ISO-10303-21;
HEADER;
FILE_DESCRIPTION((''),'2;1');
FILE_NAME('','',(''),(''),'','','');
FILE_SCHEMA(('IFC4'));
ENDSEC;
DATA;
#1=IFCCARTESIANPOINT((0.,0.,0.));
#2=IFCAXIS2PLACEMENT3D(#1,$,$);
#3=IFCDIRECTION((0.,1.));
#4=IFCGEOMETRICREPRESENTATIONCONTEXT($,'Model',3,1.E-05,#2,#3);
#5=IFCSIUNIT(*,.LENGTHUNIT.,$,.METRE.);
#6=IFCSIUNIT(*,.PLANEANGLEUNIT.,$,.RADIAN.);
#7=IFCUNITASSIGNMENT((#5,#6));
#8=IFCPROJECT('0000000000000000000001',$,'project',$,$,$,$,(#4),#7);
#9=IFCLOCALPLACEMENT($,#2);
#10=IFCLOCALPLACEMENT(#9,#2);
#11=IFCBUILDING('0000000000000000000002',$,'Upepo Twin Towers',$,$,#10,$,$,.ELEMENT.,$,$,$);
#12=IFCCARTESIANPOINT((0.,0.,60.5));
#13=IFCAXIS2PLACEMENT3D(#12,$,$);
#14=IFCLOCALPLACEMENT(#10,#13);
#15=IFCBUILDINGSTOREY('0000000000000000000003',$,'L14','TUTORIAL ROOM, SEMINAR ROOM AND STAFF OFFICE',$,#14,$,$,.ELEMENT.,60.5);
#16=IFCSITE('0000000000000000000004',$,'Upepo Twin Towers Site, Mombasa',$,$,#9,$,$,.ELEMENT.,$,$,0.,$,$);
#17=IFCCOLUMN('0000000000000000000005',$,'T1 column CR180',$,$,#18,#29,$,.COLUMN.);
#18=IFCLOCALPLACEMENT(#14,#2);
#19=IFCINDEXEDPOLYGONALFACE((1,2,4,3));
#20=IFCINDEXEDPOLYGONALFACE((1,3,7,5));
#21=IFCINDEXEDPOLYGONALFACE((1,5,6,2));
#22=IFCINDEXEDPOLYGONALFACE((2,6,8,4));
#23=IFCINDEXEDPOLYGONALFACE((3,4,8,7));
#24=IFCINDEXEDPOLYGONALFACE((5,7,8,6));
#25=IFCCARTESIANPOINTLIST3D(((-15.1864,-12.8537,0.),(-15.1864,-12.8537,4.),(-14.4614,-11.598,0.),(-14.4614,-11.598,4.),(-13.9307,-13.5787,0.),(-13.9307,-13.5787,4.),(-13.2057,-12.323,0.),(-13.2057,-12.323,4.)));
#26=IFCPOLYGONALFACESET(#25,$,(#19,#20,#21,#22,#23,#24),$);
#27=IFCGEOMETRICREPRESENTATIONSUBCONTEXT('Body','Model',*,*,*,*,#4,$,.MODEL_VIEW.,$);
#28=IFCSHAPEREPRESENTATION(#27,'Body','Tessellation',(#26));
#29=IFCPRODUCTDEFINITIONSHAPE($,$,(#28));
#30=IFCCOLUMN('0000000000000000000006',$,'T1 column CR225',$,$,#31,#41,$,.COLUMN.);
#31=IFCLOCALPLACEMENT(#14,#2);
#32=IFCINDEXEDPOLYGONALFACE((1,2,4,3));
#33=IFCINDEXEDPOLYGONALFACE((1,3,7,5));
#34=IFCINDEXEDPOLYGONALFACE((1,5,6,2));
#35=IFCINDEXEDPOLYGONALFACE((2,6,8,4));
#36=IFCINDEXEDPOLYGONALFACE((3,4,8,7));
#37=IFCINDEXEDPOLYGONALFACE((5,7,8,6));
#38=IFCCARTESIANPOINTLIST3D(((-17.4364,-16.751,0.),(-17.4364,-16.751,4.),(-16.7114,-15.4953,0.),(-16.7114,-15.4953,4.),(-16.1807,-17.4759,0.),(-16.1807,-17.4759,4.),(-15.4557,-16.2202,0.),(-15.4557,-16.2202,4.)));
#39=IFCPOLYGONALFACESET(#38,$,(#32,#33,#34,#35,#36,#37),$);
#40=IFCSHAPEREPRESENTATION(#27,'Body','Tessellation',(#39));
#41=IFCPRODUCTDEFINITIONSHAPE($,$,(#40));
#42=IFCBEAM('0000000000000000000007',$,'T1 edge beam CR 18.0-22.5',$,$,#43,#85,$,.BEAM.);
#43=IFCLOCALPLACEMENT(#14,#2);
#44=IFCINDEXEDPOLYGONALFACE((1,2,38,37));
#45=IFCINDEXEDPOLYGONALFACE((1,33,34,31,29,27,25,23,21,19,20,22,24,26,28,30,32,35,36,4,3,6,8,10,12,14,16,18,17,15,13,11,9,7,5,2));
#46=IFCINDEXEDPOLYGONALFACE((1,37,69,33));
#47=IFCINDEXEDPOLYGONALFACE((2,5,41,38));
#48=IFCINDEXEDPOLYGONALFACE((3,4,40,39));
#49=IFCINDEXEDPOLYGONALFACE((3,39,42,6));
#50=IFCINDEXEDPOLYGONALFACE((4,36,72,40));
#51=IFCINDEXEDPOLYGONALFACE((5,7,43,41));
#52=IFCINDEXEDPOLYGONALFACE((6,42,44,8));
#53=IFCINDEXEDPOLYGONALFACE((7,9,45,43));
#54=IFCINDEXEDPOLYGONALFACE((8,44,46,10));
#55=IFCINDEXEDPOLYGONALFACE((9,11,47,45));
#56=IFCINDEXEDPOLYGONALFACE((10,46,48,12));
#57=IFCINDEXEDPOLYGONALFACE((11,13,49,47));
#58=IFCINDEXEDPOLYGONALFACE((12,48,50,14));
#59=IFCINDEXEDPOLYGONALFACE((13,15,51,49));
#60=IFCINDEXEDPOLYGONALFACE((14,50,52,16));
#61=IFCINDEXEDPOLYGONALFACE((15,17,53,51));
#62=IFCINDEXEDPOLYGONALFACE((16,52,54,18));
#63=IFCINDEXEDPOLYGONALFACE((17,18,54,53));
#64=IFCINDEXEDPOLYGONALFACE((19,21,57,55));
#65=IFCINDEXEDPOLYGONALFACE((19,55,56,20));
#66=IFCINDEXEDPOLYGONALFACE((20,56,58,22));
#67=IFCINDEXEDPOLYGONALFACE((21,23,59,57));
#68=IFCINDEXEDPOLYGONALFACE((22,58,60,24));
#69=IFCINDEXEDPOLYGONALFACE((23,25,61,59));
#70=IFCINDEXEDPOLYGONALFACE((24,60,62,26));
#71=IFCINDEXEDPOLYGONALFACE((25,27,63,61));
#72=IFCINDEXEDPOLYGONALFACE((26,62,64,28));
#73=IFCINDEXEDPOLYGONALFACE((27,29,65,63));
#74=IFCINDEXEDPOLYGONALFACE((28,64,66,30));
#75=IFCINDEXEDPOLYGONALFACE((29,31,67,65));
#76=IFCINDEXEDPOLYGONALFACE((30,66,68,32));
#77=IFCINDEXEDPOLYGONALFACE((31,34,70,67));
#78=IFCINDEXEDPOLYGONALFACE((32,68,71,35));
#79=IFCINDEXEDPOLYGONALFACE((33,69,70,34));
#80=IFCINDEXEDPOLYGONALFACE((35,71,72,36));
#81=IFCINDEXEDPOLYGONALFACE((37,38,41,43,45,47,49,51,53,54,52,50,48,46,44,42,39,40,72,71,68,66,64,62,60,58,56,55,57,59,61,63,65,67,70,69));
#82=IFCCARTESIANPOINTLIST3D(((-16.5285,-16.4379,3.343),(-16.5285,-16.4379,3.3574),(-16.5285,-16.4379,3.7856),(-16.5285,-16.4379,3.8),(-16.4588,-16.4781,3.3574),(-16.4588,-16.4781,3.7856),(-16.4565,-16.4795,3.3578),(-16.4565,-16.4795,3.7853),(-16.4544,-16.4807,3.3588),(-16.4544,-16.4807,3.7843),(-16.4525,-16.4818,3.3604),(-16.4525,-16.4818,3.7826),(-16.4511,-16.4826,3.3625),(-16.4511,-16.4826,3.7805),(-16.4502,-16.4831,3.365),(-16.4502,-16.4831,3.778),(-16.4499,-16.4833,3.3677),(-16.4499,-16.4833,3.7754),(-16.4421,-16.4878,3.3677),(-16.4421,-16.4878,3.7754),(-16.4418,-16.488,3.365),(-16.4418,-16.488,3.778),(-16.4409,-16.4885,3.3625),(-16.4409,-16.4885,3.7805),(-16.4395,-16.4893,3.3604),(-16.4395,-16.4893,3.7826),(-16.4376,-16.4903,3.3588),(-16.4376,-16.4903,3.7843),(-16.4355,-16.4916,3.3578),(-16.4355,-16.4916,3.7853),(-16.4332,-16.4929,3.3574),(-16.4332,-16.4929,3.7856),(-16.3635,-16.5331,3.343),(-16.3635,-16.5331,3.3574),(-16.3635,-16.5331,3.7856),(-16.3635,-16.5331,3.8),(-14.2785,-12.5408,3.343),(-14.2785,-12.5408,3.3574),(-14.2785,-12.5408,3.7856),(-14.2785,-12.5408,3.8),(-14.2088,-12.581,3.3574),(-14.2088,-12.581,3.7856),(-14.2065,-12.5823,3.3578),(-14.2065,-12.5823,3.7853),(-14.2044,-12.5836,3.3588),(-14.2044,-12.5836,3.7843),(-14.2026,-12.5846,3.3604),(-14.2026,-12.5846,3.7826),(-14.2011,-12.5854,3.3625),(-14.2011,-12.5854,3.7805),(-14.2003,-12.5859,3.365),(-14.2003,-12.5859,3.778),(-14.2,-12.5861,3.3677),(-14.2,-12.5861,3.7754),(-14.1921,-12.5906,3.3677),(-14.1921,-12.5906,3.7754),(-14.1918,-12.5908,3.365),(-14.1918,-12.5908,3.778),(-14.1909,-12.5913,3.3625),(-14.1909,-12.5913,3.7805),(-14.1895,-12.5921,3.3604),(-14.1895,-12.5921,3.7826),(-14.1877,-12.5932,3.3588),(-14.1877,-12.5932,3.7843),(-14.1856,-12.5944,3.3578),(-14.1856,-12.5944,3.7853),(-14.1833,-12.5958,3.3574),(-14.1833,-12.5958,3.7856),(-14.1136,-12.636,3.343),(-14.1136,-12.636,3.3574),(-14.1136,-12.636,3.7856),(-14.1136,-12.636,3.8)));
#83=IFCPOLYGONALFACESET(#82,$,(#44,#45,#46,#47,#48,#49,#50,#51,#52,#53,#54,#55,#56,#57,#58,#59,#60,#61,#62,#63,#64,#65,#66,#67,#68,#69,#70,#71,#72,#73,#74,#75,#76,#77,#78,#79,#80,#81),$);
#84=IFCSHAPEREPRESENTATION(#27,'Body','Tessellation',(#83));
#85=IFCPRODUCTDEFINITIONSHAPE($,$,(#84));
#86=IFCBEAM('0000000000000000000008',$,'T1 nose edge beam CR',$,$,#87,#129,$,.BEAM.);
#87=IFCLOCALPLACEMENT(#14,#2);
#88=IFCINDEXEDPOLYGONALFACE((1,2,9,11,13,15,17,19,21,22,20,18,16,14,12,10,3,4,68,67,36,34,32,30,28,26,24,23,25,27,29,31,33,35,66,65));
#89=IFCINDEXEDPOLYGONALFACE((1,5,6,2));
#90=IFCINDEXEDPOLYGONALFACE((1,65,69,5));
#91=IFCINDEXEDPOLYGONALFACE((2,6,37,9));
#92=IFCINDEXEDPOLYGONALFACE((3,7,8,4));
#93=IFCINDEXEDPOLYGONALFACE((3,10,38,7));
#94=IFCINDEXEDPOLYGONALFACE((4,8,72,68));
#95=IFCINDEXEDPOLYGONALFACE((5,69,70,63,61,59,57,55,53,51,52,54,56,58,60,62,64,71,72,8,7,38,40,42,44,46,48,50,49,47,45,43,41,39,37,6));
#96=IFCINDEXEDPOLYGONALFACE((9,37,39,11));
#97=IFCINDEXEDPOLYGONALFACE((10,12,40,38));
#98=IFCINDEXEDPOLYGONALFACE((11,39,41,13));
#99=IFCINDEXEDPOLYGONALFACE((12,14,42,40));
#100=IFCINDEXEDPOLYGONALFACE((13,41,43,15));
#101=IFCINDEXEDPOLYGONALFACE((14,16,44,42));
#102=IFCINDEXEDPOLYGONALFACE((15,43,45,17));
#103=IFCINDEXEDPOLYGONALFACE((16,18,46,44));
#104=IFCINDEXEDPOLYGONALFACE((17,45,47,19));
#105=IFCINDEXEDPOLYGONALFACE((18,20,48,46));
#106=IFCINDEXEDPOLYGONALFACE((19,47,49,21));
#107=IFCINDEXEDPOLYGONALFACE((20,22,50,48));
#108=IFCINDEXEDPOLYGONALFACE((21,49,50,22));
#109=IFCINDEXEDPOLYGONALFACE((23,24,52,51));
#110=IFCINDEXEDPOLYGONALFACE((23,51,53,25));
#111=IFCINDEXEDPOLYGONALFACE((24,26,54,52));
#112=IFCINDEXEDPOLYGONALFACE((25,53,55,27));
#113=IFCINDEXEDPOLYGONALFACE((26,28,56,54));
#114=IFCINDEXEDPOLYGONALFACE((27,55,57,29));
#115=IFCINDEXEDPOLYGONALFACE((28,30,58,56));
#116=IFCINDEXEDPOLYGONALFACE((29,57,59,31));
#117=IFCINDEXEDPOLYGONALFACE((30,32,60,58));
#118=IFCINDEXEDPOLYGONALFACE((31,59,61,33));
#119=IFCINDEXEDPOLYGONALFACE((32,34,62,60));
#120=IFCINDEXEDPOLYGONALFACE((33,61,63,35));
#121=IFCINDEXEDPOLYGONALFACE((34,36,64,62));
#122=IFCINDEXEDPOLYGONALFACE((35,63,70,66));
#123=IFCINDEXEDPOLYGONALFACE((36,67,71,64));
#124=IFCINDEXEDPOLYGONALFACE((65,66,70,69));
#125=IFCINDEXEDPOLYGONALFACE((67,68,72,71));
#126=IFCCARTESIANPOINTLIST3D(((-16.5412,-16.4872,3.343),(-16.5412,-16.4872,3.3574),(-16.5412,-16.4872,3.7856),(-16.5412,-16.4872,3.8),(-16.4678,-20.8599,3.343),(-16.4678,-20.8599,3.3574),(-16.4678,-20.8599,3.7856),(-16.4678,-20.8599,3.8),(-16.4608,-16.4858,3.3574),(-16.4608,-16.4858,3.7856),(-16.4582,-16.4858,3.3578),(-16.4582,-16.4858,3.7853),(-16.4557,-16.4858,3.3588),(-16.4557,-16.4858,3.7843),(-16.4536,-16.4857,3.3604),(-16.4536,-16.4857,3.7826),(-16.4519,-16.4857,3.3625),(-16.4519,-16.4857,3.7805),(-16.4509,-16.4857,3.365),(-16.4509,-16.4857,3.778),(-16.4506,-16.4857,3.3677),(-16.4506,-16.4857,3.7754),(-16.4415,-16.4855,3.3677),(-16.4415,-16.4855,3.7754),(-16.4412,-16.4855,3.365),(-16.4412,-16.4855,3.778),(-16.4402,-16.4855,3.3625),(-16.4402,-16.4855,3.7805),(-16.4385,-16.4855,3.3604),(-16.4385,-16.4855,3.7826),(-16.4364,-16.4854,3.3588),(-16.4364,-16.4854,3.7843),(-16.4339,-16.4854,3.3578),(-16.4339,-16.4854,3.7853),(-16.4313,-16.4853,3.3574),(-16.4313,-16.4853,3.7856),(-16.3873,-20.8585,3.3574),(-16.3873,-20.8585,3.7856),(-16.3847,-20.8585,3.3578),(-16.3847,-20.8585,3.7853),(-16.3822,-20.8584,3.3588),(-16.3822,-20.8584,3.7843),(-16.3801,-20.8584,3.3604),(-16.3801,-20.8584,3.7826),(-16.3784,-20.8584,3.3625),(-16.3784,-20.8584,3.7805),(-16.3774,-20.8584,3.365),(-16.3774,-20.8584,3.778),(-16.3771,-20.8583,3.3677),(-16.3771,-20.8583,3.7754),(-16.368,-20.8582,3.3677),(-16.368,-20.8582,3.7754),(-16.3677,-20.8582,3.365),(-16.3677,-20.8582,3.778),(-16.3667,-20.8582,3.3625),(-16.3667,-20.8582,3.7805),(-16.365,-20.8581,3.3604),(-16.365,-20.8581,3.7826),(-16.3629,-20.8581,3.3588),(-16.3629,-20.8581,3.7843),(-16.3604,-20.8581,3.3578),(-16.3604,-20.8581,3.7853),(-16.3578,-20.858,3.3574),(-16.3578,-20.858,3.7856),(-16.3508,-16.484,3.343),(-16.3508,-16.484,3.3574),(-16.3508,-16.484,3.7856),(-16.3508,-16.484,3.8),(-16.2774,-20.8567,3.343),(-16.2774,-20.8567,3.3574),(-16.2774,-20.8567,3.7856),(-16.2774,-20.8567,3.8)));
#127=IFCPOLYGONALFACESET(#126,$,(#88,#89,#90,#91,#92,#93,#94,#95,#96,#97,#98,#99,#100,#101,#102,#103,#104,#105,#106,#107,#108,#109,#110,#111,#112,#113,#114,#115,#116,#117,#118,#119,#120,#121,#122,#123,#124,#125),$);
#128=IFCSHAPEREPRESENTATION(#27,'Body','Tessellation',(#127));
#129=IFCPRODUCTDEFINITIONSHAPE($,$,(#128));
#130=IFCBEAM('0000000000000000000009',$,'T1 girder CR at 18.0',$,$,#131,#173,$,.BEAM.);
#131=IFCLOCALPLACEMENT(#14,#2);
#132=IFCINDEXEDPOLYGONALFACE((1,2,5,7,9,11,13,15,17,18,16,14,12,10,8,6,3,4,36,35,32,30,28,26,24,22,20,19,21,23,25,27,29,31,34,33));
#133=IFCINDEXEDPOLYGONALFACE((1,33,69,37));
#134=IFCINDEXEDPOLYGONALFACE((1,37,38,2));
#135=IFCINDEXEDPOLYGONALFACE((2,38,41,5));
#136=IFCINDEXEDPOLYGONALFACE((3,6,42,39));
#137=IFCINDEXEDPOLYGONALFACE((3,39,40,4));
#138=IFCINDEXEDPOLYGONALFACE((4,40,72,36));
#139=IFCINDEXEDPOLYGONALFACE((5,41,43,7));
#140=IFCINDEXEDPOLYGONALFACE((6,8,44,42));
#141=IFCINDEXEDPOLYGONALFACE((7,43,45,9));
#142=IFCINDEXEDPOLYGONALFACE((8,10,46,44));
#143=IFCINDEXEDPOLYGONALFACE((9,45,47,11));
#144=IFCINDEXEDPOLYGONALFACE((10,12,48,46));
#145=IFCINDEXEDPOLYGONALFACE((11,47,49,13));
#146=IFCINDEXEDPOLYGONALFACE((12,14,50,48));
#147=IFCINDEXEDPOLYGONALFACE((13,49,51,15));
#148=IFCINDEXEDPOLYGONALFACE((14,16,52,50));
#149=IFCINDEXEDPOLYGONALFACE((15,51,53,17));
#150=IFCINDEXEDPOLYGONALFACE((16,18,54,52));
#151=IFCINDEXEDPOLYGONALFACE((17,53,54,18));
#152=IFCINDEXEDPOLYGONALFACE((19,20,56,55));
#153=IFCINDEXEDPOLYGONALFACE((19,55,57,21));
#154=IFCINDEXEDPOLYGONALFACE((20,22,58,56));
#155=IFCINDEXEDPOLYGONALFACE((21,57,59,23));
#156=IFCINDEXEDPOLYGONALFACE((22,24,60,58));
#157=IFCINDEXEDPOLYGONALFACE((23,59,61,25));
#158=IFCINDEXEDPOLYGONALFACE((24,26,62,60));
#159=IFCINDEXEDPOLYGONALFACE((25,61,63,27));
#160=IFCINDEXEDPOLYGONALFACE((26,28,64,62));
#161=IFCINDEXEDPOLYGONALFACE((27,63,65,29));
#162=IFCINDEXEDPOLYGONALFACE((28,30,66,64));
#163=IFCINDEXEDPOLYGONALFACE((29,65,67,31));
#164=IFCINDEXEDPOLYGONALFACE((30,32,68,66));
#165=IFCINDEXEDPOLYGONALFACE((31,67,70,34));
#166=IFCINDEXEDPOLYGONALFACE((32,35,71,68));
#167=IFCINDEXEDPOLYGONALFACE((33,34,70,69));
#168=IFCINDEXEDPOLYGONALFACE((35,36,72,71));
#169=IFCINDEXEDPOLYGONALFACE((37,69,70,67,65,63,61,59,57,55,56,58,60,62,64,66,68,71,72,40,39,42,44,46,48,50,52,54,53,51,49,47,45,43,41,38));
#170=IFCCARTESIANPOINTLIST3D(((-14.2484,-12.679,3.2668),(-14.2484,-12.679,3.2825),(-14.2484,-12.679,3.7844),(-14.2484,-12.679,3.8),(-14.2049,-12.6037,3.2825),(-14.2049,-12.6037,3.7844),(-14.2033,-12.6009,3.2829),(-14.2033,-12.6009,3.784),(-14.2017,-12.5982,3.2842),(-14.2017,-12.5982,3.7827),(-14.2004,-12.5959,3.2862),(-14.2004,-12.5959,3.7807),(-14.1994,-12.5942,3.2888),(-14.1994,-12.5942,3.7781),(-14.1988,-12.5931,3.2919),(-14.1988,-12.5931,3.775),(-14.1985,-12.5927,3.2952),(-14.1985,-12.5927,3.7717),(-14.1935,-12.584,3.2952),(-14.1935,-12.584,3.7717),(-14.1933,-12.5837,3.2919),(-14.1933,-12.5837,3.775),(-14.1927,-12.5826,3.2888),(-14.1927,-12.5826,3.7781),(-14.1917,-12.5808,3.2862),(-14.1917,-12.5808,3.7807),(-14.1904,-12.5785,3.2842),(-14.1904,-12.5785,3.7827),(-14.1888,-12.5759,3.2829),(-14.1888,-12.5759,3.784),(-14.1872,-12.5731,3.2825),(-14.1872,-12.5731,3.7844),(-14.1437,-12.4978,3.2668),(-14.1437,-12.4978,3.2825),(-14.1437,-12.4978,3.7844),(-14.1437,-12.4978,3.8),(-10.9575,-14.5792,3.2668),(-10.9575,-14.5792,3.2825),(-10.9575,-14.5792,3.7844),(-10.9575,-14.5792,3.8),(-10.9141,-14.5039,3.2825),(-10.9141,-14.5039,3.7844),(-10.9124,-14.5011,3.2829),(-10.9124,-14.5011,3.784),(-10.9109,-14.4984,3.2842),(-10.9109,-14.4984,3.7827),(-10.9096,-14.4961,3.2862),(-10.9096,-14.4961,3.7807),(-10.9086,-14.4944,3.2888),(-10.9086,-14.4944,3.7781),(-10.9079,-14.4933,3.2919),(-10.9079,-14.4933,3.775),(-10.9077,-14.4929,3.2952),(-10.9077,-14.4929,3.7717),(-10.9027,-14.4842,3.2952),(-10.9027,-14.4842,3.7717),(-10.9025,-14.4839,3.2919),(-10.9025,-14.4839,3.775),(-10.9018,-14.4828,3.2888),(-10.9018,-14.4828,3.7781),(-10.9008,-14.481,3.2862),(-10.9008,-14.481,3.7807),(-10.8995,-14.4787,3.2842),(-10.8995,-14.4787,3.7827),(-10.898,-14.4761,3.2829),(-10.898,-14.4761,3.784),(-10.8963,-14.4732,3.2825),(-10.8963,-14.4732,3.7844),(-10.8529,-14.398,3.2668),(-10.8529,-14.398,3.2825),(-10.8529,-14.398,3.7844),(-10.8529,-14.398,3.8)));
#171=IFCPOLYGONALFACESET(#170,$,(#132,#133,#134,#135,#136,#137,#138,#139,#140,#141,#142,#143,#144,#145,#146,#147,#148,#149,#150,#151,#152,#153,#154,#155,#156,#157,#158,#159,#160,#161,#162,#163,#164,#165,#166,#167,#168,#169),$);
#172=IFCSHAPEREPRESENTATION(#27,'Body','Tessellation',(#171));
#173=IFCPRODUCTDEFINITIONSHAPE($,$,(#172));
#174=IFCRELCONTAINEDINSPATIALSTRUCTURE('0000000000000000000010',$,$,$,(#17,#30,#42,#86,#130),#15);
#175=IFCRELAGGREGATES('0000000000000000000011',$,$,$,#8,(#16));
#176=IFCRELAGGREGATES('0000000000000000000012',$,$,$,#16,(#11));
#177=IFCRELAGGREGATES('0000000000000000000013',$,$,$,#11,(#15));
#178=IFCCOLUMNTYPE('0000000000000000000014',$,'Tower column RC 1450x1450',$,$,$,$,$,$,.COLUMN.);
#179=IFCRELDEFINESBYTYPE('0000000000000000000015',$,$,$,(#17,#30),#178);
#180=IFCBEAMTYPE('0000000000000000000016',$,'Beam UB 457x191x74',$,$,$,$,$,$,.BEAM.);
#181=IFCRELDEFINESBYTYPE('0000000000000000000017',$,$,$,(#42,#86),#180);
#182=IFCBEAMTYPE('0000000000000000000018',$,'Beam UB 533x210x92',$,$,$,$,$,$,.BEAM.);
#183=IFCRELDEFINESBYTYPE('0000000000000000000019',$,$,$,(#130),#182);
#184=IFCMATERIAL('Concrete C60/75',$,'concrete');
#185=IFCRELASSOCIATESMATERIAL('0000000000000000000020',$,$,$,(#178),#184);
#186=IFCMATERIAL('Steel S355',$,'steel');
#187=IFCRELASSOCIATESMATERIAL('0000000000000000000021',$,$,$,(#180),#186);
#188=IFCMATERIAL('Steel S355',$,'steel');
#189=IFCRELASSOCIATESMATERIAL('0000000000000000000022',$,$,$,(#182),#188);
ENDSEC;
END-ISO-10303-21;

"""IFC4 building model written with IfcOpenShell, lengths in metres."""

from ifc_helpers import new_model, si_unit, direction, frame, origin, origin_2d, place, context, subcontext, project, spatial, rectangle, i_section, extrude, material, material_profile, profile_set, type_object, element, save


model = new_model("IFC4")

# Units and contexts
model_context = context("Model", 3, precision=1e-05, world=origin(), true_north=direction((0.0, 1.0)))
body_context = subcontext(model_context, "Body", "Model", "MODEL_VIEW")
ifc_project = project(units=[si_unit("LENGTHUNIT", "METRE"), si_unit("PLANEANGLEUNIT", "RADIAN")], contexts=[model_context])

# Site, building, storey
site_placement = place(None, origin())
site = spatial("IfcSite", under=ifc_project, at=site_placement, Name="Upepo Twin Towers Site, Mombasa", CompositionType="ELEMENT", RefElevation=0.0)
building_placement = place(site_placement, origin())
building = spatial("IfcBuilding", under=site, at=building_placement, Name="Upepo Twin Towers", CompositionType="ELEMENT")
storey_placement = place(building_placement, frame((0.0, 0.0, 60.5)))
storey = spatial("IfcBuildingStorey", under=building, at=storey_placement, Name="L14", Description="TUTORIAL ROOM, SEMINAR ROOM AND STAFF OFFICE", CompositionType="ELEMENT", Elevation=60.5)

# Columns
ifc_material_1 = material(Name="Concrete C60/75", Category="concrete")
ifc_material_profile_1 = material_profile(ifc_material_1, rectangle(XDim=1.45, YDim=1.45, at=origin_2d()), Name="RC 1450x1450")
ifc_profile_set_1 = profile_set([ifc_material_profile_1], Name="Concrete C60/75")
column_type = type_object("IfcColumnType", Name="Tower column RC 1450x1450", PredefinedType="COLUMN", material=ifc_profile_set_1)
for number, where, z_axis, x_axis, name in (
    (1, (-14.196, -12.5884, 0.0), (0.0, 0.0, 1.0), (0.5, 0.866025, 0.0), "T1 column CR180"),
    (2, (-16.446, -16.4856, 0.0), (0.0, 0.0, 1.0), (0.5, 0.866025, 0.0), "T1 column CR225"),
):
    element("IfcColumn", number, at=place(storey_placement, frame(where, z_axis=z_axis, x_axis=x_axis)), inside=storey, type_object=column_type, Name=name, PredefinedType="COLUMN", context=body_context, shape_type="SweptSolid", body=[
        extrude(rectangle(XDim=1.45, YDim=1.45, at=origin_2d()), origin(), (0.0, 0.0, 1.0), 4.0),
    ])

# Beams
ifc_material_2 = material(Name="Steel S355", Category="steel")
ifc_material_profile_2 = material_profile(ifc_material_2, i_section(OverallWidth=0.1904, OverallDepth=0.457, WebThickness=0.009, FlangeThickness=0.0144, FilletRadius=0.0103, at=origin_2d()), Name="UB 457x191x74")
ifc_profile_set_2 = profile_set([ifc_material_profile_2], Name="Steel S355")
beam_type_1 = type_object("IfcBeamType", Name="Beam UB 457x191x74", PredefinedType="BEAM", material=ifc_profile_set_2)
beam_1_placement = place(storey_placement, frame((-14.196, -12.5884, 3.5715), z_axis=(-0.49999, -0.866031, 0.0), x_axis=(0.866031, -0.49999, 0.0)))
element("IfcBeam", 3, at=beam_1_placement, inside=storey, type_object=beam_type_1, Name="T1 edge beam CR 18.0-22.5", PredefinedType="BEAM", context=body_context, shape_type="SweptSolid", body=[
    extrude(i_section(OverallWidth=0.1904, OverallDepth=0.457, WebThickness=0.009, FlangeThickness=0.0144, FilletRadius=0.0103, at=origin_2d()), origin(), (0.0, 0.0, 1.0), 4.5),
])
beam_2_placement = place(storey_placement, frame((-16.446, -16.4856, 3.5715), z_axis=(0.016804, -0.999859, 0.0), x_axis=(0.999859, 0.016804, 0.0)))
element("IfcBeam", 4, at=beam_2_placement, inside=storey, type_object=beam_type_1, Name="T1 nose edge beam CR", PredefinedType="BEAM", context=body_context, shape_type="SweptSolid", body=[
    extrude(i_section(OverallWidth=0.1904, OverallDepth=0.457, WebThickness=0.009, FlangeThickness=0.0144, FilletRadius=0.0103, at=origin_2d()), origin(), (0.0, 0.0, 1.0), 4.3733),
])
ifc_material_3 = material(Name="Steel S355", Category="steel")
ifc_material_profile_3 = material_profile(ifc_material_3, i_section(OverallWidth=0.2092, OverallDepth=0.5332, WebThickness=0.01, FlangeThickness=0.0156, FilletRadius=0.0127, at=origin_2d()), Name="UB 533x210x92")
ifc_profile_set_3 = profile_set([ifc_material_profile_3], Name="Steel S355")
beam_type_2 = type_object("IfcBeamType", Name="Beam UB 533x210x92", PredefinedType="BEAM", material=ifc_profile_set_3)
beam_3_placement = place(storey_placement, frame((-14.196, -12.5884, 3.5334), z_axis=(0.866, -0.500043, 0.0), x_axis=(0.500043, 0.866, 0.0)))
element("IfcBeam", 5, at=beam_3_placement, inside=storey, type_object=beam_type_2, Name="T1 girder CR at 18.0", PredefinedType="BEAM", context=body_context, shape_type="SweptSolid", body=[
    extrude(i_section(OverallWidth=0.2092, OverallDepth=0.5332, WebThickness=0.01, FlangeThickness=0.0156, FilletRadius=0.0127, at=origin_2d()), origin(), (0.0, 0.0, 1.0), 3.8),
])

save(model, "model.ifc")
